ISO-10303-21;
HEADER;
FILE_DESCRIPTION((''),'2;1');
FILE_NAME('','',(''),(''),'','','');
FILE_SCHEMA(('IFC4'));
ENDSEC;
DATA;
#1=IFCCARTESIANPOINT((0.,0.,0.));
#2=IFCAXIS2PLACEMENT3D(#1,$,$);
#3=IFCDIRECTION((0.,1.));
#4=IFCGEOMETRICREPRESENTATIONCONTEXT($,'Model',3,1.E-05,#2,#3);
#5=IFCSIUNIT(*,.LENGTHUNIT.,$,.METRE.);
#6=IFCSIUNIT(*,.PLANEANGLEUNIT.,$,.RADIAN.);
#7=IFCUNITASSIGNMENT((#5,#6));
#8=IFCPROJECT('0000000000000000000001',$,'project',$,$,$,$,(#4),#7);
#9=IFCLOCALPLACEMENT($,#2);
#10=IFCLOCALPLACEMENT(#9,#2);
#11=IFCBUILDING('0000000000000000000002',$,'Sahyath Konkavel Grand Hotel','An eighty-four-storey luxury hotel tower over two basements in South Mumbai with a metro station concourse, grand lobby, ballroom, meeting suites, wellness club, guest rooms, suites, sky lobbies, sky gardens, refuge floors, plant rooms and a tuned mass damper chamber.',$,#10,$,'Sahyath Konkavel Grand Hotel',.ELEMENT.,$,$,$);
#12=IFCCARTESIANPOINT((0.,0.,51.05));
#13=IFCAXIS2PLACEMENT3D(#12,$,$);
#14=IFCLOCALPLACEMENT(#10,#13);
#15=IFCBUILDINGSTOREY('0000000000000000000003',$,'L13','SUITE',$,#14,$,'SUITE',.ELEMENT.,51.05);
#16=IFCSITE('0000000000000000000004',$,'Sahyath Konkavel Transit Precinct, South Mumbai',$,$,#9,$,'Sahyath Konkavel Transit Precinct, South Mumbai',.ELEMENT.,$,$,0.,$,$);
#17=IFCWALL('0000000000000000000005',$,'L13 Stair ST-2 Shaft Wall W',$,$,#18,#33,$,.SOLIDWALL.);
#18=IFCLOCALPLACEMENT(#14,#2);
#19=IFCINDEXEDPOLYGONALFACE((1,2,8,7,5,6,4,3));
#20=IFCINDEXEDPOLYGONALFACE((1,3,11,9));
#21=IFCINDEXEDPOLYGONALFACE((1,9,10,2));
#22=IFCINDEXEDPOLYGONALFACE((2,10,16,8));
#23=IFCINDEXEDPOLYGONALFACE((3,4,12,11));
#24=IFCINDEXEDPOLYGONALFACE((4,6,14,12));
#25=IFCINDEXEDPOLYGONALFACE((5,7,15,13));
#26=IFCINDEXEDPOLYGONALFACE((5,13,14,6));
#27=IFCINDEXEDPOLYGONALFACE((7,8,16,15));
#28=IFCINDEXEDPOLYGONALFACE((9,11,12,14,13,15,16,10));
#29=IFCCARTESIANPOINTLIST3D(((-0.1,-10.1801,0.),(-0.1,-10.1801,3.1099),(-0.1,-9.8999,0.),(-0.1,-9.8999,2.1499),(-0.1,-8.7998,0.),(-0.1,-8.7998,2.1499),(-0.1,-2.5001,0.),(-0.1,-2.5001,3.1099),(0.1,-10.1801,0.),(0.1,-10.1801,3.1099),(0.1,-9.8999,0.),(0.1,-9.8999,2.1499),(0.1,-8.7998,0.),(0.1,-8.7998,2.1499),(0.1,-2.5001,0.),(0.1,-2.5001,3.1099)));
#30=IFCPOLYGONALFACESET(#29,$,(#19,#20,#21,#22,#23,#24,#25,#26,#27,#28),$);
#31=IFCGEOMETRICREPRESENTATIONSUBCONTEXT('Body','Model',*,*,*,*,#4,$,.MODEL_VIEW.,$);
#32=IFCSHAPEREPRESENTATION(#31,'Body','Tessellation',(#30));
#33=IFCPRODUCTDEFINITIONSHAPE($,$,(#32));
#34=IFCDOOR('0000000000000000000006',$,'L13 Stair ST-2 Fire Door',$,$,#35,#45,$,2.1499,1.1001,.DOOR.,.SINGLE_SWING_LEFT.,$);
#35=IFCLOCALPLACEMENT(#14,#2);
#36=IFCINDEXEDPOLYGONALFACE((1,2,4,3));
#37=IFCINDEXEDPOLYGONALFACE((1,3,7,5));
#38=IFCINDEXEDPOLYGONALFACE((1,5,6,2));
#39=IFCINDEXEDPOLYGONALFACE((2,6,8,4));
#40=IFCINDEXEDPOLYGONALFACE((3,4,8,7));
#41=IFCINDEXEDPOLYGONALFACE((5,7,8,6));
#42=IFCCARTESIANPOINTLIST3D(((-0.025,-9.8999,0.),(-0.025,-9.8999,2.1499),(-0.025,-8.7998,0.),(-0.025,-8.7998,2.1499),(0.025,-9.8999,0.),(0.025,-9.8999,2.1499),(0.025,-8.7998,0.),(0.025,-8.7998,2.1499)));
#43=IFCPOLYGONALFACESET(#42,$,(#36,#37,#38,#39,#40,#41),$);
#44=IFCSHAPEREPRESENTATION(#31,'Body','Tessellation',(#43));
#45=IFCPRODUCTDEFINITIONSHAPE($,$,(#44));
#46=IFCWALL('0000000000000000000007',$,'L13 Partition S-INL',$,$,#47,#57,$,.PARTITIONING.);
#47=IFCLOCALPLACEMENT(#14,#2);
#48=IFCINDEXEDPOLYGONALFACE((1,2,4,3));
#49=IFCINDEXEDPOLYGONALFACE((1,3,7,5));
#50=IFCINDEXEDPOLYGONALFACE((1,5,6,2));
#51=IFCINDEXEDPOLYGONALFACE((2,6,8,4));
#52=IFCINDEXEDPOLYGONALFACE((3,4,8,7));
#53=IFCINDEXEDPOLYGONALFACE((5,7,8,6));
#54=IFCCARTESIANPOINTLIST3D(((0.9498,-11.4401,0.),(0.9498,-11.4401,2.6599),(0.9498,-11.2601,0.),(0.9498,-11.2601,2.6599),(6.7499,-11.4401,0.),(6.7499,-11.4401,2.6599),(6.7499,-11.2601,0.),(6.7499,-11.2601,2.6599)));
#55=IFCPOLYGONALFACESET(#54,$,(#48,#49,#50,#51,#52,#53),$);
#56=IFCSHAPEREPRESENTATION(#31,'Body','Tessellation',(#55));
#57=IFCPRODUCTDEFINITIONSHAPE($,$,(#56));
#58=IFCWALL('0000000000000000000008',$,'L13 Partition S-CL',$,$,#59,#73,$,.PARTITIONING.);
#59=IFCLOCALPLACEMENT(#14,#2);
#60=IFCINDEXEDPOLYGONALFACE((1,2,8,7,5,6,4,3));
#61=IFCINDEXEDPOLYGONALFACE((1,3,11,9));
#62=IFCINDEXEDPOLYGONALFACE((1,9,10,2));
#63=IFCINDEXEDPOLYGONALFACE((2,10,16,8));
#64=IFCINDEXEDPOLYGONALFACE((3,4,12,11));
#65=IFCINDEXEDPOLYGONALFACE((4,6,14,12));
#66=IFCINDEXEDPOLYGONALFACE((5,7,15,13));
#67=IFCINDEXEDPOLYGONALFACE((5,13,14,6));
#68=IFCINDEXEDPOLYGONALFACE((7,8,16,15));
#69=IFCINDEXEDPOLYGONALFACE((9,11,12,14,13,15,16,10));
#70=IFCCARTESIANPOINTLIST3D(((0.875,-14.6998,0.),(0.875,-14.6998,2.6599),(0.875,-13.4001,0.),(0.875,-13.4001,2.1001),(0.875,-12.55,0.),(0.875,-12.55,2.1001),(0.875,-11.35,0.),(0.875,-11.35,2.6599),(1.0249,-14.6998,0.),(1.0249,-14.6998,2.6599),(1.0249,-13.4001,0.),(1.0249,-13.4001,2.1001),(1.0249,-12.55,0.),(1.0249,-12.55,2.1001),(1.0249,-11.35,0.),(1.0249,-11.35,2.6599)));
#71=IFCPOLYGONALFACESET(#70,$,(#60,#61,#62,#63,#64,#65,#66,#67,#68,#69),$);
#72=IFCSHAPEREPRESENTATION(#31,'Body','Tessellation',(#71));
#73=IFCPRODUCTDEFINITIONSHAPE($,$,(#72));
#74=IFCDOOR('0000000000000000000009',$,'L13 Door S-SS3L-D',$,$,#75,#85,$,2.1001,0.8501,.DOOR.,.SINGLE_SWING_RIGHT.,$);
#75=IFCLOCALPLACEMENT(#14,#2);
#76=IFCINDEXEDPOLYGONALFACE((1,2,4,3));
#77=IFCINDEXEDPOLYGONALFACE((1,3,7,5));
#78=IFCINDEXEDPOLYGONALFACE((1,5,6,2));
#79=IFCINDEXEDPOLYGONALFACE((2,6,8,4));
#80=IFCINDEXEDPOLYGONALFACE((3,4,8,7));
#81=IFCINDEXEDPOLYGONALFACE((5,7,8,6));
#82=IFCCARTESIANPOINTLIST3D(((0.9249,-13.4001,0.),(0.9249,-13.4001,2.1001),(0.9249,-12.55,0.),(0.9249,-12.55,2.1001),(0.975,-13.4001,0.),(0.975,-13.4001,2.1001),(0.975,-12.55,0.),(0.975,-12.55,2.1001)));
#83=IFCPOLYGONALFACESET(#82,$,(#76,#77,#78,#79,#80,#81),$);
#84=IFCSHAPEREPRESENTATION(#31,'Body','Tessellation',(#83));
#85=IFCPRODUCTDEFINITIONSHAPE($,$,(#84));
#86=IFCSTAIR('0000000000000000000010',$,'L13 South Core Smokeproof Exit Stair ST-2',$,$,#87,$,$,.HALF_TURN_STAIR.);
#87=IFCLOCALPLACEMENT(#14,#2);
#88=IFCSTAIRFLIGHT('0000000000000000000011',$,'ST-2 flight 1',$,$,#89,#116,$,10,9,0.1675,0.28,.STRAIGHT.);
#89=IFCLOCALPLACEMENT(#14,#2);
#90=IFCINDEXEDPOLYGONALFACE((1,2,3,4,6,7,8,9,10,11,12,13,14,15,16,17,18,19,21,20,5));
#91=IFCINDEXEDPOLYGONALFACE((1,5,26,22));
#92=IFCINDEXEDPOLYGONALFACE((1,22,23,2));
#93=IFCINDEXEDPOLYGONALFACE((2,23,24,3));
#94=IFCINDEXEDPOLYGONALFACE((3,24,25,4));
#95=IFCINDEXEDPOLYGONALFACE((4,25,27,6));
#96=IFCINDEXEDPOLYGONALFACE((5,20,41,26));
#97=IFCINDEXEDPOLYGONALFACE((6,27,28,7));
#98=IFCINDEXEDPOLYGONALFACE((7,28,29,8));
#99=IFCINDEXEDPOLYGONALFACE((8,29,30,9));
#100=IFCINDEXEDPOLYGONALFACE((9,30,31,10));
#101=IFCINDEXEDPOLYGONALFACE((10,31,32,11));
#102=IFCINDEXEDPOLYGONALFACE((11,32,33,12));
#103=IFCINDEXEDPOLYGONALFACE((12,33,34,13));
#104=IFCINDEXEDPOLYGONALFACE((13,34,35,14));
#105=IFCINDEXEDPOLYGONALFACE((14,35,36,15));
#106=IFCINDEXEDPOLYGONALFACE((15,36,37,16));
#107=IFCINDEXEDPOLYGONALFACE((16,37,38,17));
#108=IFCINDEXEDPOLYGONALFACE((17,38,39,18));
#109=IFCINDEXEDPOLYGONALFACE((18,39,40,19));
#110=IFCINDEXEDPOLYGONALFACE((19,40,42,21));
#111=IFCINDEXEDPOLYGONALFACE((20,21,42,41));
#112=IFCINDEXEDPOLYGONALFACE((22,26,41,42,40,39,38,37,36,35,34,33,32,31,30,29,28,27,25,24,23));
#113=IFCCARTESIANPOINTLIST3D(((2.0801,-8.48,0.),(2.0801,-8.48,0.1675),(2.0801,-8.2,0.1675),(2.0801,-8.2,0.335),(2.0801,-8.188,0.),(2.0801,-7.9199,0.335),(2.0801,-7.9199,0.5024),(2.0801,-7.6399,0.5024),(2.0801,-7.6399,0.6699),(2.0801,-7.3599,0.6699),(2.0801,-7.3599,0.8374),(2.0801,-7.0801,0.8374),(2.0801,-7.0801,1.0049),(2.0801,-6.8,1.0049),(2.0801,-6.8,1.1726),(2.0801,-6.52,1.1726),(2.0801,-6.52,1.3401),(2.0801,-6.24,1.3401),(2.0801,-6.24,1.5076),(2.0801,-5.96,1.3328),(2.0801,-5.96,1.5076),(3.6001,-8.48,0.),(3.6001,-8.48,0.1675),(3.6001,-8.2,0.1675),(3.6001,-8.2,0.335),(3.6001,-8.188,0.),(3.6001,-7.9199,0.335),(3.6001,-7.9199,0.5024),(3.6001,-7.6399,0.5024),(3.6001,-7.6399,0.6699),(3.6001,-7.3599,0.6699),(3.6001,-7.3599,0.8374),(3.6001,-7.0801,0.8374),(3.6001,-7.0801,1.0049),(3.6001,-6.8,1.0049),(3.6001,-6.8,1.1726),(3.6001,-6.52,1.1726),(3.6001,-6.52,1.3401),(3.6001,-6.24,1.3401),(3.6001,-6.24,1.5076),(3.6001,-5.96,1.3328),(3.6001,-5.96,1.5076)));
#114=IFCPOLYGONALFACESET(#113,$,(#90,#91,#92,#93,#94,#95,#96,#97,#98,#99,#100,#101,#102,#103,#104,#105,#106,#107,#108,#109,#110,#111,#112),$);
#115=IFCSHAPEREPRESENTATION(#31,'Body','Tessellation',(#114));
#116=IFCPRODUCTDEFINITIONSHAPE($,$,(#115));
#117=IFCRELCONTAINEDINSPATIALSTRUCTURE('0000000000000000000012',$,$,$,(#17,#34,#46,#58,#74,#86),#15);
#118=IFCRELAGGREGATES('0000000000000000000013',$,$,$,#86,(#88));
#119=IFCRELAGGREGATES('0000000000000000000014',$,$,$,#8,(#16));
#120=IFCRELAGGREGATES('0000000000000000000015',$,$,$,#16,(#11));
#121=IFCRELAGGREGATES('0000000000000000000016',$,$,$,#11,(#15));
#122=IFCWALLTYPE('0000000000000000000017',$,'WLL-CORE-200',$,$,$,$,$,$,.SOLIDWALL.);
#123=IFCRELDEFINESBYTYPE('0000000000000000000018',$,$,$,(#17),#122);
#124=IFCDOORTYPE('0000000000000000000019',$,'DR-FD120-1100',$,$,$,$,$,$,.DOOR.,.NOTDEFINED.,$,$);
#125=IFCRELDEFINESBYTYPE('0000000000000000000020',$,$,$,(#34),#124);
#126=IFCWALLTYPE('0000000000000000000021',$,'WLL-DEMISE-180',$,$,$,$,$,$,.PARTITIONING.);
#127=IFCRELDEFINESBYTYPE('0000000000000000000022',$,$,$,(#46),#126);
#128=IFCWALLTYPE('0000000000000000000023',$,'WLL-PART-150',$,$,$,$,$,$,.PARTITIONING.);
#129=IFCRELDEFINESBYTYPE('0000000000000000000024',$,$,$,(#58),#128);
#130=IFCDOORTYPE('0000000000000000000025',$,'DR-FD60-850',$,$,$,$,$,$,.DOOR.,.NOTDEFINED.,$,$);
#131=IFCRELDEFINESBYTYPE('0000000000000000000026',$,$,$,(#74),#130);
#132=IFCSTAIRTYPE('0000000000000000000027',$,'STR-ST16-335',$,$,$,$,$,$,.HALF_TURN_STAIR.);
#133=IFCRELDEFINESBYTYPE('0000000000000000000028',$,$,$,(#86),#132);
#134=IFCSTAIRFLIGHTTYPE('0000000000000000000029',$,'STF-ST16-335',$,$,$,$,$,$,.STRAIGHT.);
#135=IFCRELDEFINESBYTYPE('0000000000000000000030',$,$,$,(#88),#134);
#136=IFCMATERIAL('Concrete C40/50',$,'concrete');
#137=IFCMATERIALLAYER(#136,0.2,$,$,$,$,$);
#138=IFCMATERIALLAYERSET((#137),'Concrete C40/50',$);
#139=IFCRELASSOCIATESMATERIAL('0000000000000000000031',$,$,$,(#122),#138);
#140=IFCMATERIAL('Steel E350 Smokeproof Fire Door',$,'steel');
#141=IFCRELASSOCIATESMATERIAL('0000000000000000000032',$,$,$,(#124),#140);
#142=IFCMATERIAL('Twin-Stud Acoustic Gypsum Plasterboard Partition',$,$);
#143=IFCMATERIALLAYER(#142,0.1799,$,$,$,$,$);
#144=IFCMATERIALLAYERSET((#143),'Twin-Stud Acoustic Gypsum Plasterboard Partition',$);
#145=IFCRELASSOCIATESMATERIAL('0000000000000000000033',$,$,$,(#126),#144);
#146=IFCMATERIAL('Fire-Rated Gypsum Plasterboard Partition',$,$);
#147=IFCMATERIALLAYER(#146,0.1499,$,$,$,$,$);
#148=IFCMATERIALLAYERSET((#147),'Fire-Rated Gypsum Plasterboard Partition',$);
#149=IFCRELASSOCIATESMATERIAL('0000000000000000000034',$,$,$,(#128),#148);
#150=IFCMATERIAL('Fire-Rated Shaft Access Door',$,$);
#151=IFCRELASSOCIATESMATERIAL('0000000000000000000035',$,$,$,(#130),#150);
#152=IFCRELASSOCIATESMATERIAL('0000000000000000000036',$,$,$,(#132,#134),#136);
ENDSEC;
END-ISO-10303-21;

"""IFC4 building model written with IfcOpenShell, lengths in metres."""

from ifc_helpers import new_model, si_unit, direction, frame, frame_2d, origin, origin_2d, place, context, subcontext, project, spatial, polyline, rectangle, outline, extrude, source, transform, mapped, material, layer, layer_set, type_object, element, fill, aggregate, save


model = new_model("IFC4")

# Units and contexts
model_context = context("Model", 3, precision=1e-05, world=origin(), true_north=direction((0.0, 1.0)))
body_context = subcontext(model_context, "Body", "Model", "MODEL_VIEW")
ifc_project = project(units=[si_unit("LENGTHUNIT", "METRE"), si_unit("PLANEANGLEUNIT", "RADIAN")], contexts=[model_context])

# Site, building, storey
site_placement = place(None, origin())
site = spatial("IfcSite", under=ifc_project, at=site_placement, Name="Sahyath Konkavel Transit Precinct, South Mumbai", LongName="Sahyath Konkavel Transit Precinct, South Mumbai", CompositionType="ELEMENT", RefElevation=0.0)
building_placement = place(site_placement, origin())
building = spatial("IfcBuilding", under=site, at=building_placement, Name="Sahyath Konkavel Grand Hotel", Description="An eighty-four-storey luxury hotel tower over two basements in South Mumbai with a metro station concourse, grand lobby, ballroom, meeting suites, wellness club, guest rooms, suites, sky lobbies, sky gardens, refuge floors, plant rooms and a tuned mass damper chamber.", LongName="Sahyath Konkavel Grand Hotel", CompositionType="ELEMENT")
storey_placement = place(building_placement, frame((0.0, 0.0, 51.05)))
storey = spatial("IfcBuildingStorey", under=building, at=storey_placement, Name="L13", Description="SUITE", LongName="SUITE", CompositionType="ELEMENT", Elevation=51.05)

# Wall, opening, door
ifc_material_1 = material(Name="Concrete C40/50", Category="concrete")
ifc_layer_1 = layer(ifc_material_1, 0.2)
ifc_layer_set_1 = layer_set([ifc_layer_1], Name="Concrete C40/50")
wall_type_1 = type_object("IfcWallType", Name="WLL-CORE-200", PredefinedType="SOLIDWALL", material=ifc_layer_set_1)
wall_1_placement = place(storey_placement, frame((0.0, -10.1799, 0.0), z_axis=(0.0, 0.0, 1.0), x_axis=(0.0, 1.0, 0.0)))
wall_1 = element("IfcWall", 1, at=wall_1_placement, inside=storey, type_object=wall_type_1, Name="L13 Stair ST-2 Shaft Wall W", PredefinedType="SOLIDWALL", context=body_context, shape_type="SweptSolid", body=[
    extrude(rectangle(XDim=7.6799, YDim=0.2, at=frame_2d((3.8398, 0.0))), origin(), (0.0, 0.0, 1.0), 3.1099),
])
opening_1_placement = place(wall_1_placement, frame((0.28, 0.0, 0.0)))
opening_1 = element("IfcOpeningElement", 2, at=opening_1_placement, cuts=wall_1, PredefinedType="OPENING", context=body_context, shape_type="SweptSolid", body=[
    extrude(rectangle(XDim=1.1001, YDim=2.1499, at=frame_2d((0.55, 1.075))), frame((0.0, 0.1099, 0.0), z_axis=(0.0, -1.0, 0.0), x_axis=(1.0, 0.0, 0.0)), (0.0, 0.0, 1.0), 0.22),
])
ifc_material_2 = material(Name="Steel E350 Smokeproof Fire Door", Category="steel")
door_type_1 = type_object("IfcDoorType", Name="DR-FD120-1100", OperationType="NOTDEFINED", PredefinedType="DOOR", material=ifc_material_2)
shared_shape_1 = source(origin(), body_context, "Body", "SweptSolid", [
    extrude(rectangle(XDim=1.1001, YDim=0.05, at=origin_2d()), origin(), (0.0, 0.0, 1.0), 2.1499),
])
door_1_placement = place(opening_1_placement, frame((0.55, 0.0, 0.0)))
door_1 = element("IfcDoor", 3, at=door_1_placement, inside=storey, type_object=door_type_1, Name="L13 Stair ST-2 Fire Door", OperationType="SINGLE_SWING_LEFT", OverallHeight=2.1499, OverallWidth=1.1001, PredefinedType="DOOR", context=body_context, shape_type="MappedRepresentation", body=[
    mapped(shared_shape_1, transform((0.0, 0.0, 0.0), scale=1.0)),
])
fill(opening_1, door_1)

# Wall
ifc_material_3 = material(Name="Twin-Stud Acoustic Gypsum Plasterboard Partition")
ifc_layer_2 = layer(ifc_material_3, 0.1799)
ifc_layer_set_2 = layer_set([ifc_layer_2], Name="Twin-Stud Acoustic Gypsum Plasterboard Partition")
wall_type_2 = type_object("IfcWallType", Name="WLL-DEMISE-180", PredefinedType="PARTITIONING", material=ifc_layer_set_2)
wall_2_placement = place(storey_placement, frame((0.95, -11.3501, 0.0), z_axis=(0.0, 0.0, 1.0), x_axis=(1.0, 0.0, 0.0)))
element("IfcWall", 4, at=wall_2_placement, inside=storey, type_object=wall_type_2, Name="L13 Partition S-INL", PredefinedType="PARTITIONING", context=body_context, shape_type="SweptSolid", body=[
    extrude(rectangle(XDim=5.8, YDim=0.1799, at=frame_2d((2.8999, 0.0))), origin(), (0.0, 0.0, 1.0), 2.6599),
])

# Wall, opening, door
ifc_material_4 = material(Name="Fire-Rated Gypsum Plasterboard Partition")
ifc_layer_3 = layer(ifc_material_4, 0.1499)
ifc_layer_set_3 = layer_set([ifc_layer_3], Name="Fire-Rated Gypsum Plasterboard Partition")
wall_type_3 = type_object("IfcWallType", Name="WLL-PART-150", PredefinedType="PARTITIONING", material=ifc_layer_set_3)
wall_3_placement = place(storey_placement, frame((0.95, -11.3501, 0.0), z_axis=(0.0, 0.0, 1.0), x_axis=(0.0, -1.0, 0.0)))
wall_3 = element("IfcWall", 5, at=wall_3_placement, inside=storey, type_object=wall_type_3, Name="L13 Partition S-CL", PredefinedType="PARTITIONING", context=body_context, shape_type="SweptSolid", body=[
    extrude(rectangle(XDim=3.3499, YDim=0.1499, at=frame_2d((1.6748, 0.0))), origin(), (0.0, 0.0, 1.0), 2.6599),
])
opening_2_placement = place(wall_3_placement, frame((1.2, 0.0, 0.0)))
opening_2 = element("IfcOpeningElement", 6, at=opening_2_placement, cuts=wall_3, PredefinedType="OPENING", context=body_context, shape_type="SweptSolid", body=[
    extrude(rectangle(XDim=0.8501, YDim=2.1001, at=frame_2d((0.425, 1.05))), frame((0.0, 0.085, 0.0), z_axis=(0.0, -1.0, 0.0), x_axis=(1.0, 0.0, 0.0)), (0.0, 0.0, 1.0), 0.1699),
])
ifc_material_5 = material(Name="Fire-Rated Shaft Access Door")
door_type_2 = type_object("IfcDoorType", Name="DR-FD60-850", OperationType="NOTDEFINED", PredefinedType="DOOR", material=ifc_material_5)
shared_shape_2 = source(origin(), body_context, "Body", "SweptSolid", [
    extrude(rectangle(XDim=0.8501, YDim=0.05, at=origin_2d()), origin(), (0.0, 0.0, 1.0), 2.1001),
])
door_2_placement = place(opening_2_placement, frame((0.425, 0.0, 0.0)))
door_2 = element("IfcDoor", 7, at=door_2_placement, inside=storey, type_object=door_type_2, Name="L13 Door S-SS3L-D", OperationType="SINGLE_SWING_RIGHT", OverallHeight=2.1001, OverallWidth=0.8501, PredefinedType="DOOR", context=body_context, shape_type="MappedRepresentation", body=[
    mapped(shared_shape_2, transform((0.0, 0.0, 0.0), scale=1.0)),
])
fill(opening_2, door_2)

# Stair, stair flight
stair_type = type_object("IfcStairType", Name="STR-ST16-335", PredefinedType="HALF_TURN_STAIR", material=ifc_material_1)
stair_placement = place(storey_placement, origin())
stair = element("IfcStair", 8, at=stair_placement, inside=storey, type_object=stair_type, Name="L13 South Core Smokeproof Exit Stair ST-2", PredefinedType="HALF_TURN_STAIR")
stair_flight_type = type_object("IfcStairFlightType", Name="STF-ST16-335", PredefinedType="STRAIGHT", material=ifc_material_1)
stair_flight_placement = place(storey_placement, frame((2.8401, -8.48, 0.0), z_axis=(0.0, 0.0, 1.0), x_axis=(0.0, 1.0, 0.0)))
stair_flight = element("IfcStairFlight", 9, at=stair_flight_placement, type_object=stair_flight_type, Name="ST-2 flight 1", NumberOfRisers=10, NumberOfTreads=9, PredefinedType="STRAIGHT", RiserHeight=0.1675, TreadLength=0.28, context=body_context, shape_type="SweptSolid", body=[
    extrude(outline(polyline([(0.0, 0.0), (0.0, 0.1675), (0.28, 0.1675), (0.28, 0.335), (0.5601, 0.335), (0.5601, 0.5024), (0.8401, 0.5024), (0.8401, 0.6699), (1.1201, 0.6699), (1.1201, 0.8374), (1.3999, 0.8374), (1.3999, 1.0049), (1.6799, 1.0049), (1.6799, 1.1726), (1.96, 1.1726), (1.96, 1.3401), (2.24, 1.3401), (2.24, 1.5076), (2.52, 1.5076), (2.52, 1.675), (2.52, 1.3328), (0.292, 0.0), (0.0, 0.0)])), frame((0.0, 0.76, 0.0), z_axis=(0.0, -1.0, 0.0), x_axis=(1.0, 0.0, 0.0)), (0.0, 0.0, 1.0), 1.52),
])
aggregate(stair, [stair_flight])

save(model, "model.ifc")
